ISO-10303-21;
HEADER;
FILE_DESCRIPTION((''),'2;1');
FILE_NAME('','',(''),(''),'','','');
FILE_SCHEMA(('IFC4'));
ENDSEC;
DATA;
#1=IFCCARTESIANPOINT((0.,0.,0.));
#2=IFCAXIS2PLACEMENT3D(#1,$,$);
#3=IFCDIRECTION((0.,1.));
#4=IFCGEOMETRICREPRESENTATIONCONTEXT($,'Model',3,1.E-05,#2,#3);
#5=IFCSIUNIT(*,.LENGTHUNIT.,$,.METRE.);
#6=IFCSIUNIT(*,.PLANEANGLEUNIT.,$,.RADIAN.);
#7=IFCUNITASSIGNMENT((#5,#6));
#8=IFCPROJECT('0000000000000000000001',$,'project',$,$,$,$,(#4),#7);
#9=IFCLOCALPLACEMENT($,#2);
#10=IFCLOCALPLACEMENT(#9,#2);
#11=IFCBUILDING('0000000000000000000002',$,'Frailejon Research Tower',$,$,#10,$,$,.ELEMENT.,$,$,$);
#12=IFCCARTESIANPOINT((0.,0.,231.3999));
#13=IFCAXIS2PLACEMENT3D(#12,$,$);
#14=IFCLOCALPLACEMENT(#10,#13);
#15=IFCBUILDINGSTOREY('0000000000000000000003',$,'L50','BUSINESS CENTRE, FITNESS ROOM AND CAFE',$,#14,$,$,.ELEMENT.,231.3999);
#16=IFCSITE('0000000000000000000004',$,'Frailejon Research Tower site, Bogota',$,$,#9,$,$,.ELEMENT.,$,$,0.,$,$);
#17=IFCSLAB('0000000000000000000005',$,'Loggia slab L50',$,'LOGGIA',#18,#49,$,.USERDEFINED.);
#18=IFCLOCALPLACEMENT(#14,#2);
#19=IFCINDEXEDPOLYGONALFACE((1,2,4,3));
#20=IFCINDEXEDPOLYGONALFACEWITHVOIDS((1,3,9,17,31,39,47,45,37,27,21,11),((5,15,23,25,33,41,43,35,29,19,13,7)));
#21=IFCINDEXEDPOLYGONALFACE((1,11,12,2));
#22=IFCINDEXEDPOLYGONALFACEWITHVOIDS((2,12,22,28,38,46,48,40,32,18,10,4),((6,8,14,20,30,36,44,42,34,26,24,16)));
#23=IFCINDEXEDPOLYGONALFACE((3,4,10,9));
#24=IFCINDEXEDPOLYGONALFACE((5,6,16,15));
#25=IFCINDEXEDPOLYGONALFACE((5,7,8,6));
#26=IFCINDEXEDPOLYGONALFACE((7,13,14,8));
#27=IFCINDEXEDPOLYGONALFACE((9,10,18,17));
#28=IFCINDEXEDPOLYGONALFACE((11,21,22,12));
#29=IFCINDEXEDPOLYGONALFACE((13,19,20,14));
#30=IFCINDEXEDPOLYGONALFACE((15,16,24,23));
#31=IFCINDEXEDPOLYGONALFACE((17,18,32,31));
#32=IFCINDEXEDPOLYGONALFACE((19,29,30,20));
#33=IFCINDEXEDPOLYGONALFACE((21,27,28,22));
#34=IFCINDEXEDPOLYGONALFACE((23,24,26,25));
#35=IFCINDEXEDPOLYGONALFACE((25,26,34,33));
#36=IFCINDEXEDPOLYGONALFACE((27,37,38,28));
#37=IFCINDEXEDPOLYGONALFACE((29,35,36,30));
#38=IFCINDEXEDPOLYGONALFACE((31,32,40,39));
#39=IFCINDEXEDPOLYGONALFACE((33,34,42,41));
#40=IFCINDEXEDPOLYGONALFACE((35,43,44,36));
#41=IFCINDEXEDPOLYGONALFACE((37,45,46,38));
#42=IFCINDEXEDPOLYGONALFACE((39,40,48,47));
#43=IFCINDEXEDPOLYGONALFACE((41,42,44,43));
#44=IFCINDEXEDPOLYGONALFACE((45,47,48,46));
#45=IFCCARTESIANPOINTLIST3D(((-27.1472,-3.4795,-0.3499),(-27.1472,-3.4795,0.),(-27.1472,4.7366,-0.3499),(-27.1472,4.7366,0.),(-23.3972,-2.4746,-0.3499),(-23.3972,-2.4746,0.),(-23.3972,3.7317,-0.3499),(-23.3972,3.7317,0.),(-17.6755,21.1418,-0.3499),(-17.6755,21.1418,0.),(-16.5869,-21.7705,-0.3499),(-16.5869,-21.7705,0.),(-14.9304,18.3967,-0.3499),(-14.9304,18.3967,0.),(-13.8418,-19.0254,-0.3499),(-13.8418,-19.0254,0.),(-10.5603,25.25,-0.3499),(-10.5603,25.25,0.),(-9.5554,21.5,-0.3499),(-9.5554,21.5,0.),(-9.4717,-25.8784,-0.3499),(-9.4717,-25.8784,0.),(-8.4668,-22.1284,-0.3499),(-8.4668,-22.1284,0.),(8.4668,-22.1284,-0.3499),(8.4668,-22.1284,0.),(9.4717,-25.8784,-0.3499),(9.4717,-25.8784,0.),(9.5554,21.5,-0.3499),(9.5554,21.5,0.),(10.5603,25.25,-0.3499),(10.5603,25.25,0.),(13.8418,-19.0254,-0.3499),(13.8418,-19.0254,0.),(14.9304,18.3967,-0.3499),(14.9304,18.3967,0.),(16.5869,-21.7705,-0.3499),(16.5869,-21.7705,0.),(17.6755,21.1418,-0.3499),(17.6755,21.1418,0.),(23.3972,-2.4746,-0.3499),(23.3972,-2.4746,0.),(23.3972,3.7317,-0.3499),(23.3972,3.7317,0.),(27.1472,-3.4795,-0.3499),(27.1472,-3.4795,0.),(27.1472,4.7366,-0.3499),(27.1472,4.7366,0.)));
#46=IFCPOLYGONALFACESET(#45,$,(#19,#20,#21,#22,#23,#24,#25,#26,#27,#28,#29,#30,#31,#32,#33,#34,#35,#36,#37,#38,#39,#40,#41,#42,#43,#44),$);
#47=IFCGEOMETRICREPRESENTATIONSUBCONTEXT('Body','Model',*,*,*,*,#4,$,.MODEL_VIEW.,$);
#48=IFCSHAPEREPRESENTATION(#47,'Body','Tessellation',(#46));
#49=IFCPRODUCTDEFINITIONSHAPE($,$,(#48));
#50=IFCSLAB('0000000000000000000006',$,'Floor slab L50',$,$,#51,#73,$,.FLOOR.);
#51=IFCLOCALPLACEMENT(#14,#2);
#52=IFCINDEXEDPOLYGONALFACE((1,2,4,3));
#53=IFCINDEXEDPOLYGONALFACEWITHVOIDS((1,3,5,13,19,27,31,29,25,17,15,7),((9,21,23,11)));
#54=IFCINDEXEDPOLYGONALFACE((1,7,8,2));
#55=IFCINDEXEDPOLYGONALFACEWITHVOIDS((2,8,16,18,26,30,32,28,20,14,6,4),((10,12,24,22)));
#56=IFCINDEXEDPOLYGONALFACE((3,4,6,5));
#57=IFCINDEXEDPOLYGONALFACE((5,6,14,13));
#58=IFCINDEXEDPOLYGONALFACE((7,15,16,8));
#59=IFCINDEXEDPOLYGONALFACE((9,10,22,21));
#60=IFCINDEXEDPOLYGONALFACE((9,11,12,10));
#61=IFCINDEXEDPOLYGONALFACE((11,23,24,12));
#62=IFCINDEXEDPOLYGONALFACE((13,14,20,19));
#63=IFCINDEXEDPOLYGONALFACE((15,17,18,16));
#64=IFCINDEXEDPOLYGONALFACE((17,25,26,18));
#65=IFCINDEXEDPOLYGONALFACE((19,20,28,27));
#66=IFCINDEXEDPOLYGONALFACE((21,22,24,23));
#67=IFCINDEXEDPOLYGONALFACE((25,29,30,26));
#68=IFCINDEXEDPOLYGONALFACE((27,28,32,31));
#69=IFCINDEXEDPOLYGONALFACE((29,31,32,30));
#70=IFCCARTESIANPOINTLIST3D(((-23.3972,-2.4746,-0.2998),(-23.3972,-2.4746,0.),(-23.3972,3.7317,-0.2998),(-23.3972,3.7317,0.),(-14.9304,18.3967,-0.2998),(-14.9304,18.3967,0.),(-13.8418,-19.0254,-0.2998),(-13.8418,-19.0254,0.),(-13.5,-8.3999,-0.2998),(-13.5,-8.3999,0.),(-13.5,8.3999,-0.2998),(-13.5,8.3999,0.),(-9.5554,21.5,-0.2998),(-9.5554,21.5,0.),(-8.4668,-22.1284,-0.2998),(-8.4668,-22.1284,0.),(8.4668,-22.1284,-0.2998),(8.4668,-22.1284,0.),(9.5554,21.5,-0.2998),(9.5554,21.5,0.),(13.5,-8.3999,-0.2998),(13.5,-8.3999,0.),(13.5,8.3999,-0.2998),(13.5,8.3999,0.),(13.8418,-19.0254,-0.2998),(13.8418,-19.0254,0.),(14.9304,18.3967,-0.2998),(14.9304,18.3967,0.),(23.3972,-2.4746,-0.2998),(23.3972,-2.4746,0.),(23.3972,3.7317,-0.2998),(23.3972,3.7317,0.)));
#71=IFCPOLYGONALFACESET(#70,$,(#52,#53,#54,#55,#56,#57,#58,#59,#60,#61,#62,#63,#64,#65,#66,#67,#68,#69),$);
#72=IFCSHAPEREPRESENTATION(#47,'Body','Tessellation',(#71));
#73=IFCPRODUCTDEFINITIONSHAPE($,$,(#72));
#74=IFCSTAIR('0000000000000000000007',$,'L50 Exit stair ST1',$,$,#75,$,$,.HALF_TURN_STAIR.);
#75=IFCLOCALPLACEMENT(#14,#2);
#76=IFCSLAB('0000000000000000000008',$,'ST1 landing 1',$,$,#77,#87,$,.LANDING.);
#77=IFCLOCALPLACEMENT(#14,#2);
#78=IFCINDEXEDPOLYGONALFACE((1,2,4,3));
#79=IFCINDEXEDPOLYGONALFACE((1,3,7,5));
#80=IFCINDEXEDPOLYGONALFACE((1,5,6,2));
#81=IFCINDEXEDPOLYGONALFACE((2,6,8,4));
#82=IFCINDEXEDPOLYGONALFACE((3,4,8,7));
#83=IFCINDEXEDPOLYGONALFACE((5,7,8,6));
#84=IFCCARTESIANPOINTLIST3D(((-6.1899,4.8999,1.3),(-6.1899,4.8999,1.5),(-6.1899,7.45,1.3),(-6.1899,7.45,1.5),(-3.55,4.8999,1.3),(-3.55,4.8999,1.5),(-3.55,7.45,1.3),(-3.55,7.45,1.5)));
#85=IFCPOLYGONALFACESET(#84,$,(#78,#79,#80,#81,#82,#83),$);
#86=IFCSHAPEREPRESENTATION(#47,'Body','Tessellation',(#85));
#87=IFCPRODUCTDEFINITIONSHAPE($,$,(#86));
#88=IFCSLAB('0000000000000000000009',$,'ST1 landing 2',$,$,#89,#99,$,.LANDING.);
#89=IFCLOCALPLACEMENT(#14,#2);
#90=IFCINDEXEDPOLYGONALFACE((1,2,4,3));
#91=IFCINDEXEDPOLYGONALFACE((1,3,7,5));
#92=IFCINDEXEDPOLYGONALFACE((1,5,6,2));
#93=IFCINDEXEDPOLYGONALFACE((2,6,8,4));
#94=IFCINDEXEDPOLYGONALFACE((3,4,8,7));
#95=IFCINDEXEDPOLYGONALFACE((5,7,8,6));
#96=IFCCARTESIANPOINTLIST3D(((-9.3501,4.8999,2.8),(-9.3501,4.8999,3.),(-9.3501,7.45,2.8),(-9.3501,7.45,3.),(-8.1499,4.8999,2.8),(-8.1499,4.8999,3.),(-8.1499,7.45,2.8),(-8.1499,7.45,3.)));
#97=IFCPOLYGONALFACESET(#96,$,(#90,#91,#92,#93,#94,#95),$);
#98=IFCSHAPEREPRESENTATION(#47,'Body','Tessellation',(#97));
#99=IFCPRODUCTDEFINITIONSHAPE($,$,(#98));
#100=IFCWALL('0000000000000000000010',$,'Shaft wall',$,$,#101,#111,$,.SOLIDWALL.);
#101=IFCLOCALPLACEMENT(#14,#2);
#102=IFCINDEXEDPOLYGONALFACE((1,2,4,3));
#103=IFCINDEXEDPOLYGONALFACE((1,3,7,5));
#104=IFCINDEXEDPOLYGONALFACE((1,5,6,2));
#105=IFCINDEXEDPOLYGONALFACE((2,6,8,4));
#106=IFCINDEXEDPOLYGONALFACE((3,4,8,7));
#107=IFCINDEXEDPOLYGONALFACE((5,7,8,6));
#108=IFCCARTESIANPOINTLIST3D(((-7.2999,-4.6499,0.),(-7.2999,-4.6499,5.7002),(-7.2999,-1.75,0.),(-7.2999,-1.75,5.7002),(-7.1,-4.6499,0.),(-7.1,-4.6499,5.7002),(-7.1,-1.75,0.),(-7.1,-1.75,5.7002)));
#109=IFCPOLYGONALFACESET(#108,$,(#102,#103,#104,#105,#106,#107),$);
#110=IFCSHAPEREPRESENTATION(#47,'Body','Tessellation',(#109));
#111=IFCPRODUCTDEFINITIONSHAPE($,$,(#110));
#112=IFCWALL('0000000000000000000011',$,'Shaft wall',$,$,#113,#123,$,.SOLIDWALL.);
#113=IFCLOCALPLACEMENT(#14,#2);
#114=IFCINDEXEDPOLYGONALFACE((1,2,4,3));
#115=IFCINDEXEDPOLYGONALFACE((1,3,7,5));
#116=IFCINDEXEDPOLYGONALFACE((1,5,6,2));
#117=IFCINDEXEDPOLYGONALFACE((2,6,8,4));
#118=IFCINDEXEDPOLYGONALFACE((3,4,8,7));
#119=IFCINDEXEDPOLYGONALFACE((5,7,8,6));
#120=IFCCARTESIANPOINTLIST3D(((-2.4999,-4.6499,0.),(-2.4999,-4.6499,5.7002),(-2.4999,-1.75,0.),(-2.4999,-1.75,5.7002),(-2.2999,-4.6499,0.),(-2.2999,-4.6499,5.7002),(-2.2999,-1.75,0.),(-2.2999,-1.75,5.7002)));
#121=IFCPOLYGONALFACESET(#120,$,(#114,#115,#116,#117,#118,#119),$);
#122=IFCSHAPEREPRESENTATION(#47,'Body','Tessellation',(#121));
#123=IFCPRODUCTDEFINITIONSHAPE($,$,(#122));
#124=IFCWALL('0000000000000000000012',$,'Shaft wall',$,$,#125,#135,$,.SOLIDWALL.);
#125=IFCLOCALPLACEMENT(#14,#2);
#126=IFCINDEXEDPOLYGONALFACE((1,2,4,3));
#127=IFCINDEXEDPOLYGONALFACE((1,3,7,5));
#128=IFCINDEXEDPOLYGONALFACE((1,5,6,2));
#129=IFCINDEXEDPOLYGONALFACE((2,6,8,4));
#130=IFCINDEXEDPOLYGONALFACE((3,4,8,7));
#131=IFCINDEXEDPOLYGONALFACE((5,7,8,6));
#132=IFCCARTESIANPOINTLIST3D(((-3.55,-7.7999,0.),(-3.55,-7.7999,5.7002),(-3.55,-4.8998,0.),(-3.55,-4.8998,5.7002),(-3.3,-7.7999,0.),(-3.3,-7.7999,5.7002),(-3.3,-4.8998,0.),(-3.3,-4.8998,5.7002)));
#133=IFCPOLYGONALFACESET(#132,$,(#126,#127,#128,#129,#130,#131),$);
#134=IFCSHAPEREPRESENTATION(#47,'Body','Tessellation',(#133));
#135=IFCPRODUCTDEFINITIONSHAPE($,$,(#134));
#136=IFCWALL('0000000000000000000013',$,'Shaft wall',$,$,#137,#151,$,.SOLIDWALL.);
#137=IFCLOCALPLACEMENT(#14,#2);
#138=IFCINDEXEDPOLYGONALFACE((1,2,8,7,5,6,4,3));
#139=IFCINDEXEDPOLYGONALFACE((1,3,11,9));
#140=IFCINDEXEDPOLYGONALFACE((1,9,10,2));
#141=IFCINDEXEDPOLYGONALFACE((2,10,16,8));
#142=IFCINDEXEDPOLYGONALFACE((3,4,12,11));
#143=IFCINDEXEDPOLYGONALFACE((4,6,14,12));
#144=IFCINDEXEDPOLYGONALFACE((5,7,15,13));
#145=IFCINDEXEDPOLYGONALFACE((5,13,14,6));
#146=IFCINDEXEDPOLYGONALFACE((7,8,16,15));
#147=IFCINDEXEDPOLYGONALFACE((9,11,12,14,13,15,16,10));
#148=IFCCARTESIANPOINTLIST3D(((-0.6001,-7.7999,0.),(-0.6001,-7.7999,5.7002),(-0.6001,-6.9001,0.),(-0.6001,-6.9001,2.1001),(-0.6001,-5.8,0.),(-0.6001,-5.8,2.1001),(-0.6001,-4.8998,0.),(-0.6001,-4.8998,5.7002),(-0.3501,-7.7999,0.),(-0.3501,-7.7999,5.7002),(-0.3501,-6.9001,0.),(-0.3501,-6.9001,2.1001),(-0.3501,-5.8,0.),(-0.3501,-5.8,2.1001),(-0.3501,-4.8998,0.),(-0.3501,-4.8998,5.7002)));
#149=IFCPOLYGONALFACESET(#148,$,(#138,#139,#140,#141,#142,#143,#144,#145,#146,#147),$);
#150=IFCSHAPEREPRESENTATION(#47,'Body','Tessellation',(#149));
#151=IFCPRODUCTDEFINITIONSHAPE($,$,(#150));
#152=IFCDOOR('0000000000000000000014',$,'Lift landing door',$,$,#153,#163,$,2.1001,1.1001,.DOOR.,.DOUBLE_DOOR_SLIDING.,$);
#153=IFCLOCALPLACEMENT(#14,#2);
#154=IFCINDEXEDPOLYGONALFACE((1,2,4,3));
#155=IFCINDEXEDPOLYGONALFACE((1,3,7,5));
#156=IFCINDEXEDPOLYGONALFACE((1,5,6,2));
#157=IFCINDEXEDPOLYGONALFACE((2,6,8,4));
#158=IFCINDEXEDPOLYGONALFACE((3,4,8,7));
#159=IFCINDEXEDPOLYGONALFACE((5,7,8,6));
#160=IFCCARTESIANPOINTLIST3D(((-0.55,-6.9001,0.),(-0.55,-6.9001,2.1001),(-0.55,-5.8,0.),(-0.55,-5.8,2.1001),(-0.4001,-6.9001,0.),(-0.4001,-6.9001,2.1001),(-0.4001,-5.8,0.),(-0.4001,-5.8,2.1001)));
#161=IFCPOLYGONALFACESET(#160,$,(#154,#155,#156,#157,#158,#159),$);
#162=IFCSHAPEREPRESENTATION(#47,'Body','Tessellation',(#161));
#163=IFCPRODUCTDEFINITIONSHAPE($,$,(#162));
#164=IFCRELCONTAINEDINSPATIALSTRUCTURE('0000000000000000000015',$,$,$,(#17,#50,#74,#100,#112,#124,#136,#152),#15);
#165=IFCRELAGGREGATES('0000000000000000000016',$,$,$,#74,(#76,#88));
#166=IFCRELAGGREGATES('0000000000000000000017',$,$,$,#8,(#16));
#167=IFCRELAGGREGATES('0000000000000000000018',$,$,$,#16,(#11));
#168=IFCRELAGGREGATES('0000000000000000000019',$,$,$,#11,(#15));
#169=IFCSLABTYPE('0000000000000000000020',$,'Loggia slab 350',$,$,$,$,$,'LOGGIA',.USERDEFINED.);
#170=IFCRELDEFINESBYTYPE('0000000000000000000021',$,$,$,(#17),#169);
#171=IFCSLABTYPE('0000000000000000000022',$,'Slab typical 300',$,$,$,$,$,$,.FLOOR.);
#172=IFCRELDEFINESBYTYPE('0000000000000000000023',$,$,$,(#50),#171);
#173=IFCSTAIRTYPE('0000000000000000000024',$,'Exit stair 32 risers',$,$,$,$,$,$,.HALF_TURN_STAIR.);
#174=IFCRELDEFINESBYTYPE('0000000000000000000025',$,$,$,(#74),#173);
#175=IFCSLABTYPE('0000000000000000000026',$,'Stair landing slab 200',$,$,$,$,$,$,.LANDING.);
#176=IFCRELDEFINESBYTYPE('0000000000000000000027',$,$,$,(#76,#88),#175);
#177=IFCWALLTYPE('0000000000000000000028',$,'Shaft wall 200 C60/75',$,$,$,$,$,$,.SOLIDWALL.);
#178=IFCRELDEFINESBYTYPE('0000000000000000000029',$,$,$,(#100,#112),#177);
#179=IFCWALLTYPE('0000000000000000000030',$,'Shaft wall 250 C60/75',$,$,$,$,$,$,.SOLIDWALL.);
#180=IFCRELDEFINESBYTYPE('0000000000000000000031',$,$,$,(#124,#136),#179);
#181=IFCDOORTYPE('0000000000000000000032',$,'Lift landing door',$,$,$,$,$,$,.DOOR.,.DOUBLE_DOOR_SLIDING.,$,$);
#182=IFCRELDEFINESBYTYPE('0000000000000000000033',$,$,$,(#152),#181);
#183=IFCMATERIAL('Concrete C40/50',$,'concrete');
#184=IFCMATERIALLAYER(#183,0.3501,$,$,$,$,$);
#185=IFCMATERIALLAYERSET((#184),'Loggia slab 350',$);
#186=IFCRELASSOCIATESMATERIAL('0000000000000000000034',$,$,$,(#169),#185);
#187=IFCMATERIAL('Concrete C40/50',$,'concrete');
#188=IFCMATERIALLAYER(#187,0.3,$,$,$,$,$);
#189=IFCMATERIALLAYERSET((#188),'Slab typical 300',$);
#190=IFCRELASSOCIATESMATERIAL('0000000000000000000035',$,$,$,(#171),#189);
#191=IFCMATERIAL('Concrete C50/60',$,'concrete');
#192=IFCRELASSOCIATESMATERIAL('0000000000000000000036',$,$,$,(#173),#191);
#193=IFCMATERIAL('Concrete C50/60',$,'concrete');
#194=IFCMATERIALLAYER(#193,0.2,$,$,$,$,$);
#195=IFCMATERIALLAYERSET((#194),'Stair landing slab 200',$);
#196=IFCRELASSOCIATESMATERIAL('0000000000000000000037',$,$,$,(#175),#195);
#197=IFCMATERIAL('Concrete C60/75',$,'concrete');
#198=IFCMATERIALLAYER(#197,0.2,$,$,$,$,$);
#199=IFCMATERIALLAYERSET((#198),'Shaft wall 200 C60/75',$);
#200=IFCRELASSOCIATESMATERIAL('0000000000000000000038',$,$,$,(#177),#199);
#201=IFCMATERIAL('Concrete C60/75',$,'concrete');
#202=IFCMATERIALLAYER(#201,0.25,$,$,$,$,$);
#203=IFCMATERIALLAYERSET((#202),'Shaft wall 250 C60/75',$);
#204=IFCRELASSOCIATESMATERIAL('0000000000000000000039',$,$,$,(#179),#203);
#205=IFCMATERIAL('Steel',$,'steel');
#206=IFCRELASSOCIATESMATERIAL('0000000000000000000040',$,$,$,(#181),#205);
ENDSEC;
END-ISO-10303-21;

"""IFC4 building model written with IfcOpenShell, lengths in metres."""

from ifc_helpers import new_model, si_unit, direction, frame, frame_2d, origin, place, context, subcontext, project, spatial, polyline, rectangle, outline, extrude, material, layer, layer_set, type_object, element, fill, aggregate, save


model = new_model("IFC4")

# Units and contexts
model_context = context("Model", 3, precision=1e-05, world=origin(), true_north=direction((0.0, 1.0)))
body_context = subcontext(model_context, "Body", "Model", "MODEL_VIEW")
ifc_project = project(units=[si_unit("LENGTHUNIT", "METRE"), si_unit("PLANEANGLEUNIT", "RADIAN")], contexts=[model_context])

# Site, building, storey
site_placement = place(None, origin())
site = spatial("IfcSite", under=ifc_project, at=site_placement, Name="Frailejon Research Tower site, Bogota", CompositionType="ELEMENT", RefElevation=0.0)
building_placement = place(site_placement, origin())
building = spatial("IfcBuilding", under=site, at=building_placement, Name="Frailejon Research Tower", CompositionType="ELEMENT")
storey_placement = place(building_placement, frame((0.0, 0.0, 231.3999)))
storey = spatial("IfcBuildingStorey", under=building, at=storey_placement, Name="L50", Description="BUSINESS CENTRE, FITNESS ROOM AND CAFE", CompositionType="ELEMENT", Elevation=231.3999)

# Slabs
ifc_material_1 = material(Name="Concrete C40/50", Category="concrete")
ifc_layer_1 = layer(ifc_material_1, 0.3501)
ifc_layer_set_1 = layer_set([ifc_layer_1], Name="Loggia slab 350")
slab_type_1 = type_object("IfcSlabType", Name="Loggia slab 350", ElementType="LOGGIA", PredefinedType="USERDEFINED", material=ifc_layer_set_1)
slab_1_placement = place(storey_placement, frame((0.0, 0.0, -0.3499)))
element("IfcSlab", 1, at=slab_1_placement, inside=storey, type_object=slab_type_1, Name="Loggia slab L50", ObjectType="LOGGIA", PredefinedType="USERDEFINED", context=body_context, shape_type="SweptSolid", body=[
    extrude(outline(polyline([(16.5869, -21.7705), (9.4717, -25.8784), (-9.4717, -25.8784), (-16.5869, -21.7705), (-27.1472, -3.4795), (-27.1472, 4.7366), (-17.6755, 21.1418), (-10.5603, 25.25), (10.5603, 25.25), (17.6755, 21.1418), (27.1472, 4.7366), (27.1472, -3.4795), (16.5869, -21.7705)]), holes=[polyline([(23.3972, 3.7317), (14.9304, 18.3967), (9.5554, 21.5), (-9.5554, 21.5), (-14.9304, 18.3967), (-23.3972, 3.7317), (-23.3972, -2.4746), (-13.8418, -19.0254), (-8.4668, -22.1284), (8.4668, -22.1284), (13.8418, -19.0254), (23.3972, -2.4746), (23.3972, 3.7317)])]), origin(), (0.0, 0.0, 1.0), 0.3499),
])
ifc_material_2 = material(Name="Concrete C40/50", Category="concrete")
ifc_layer_2 = layer(ifc_material_2, 0.3)
ifc_layer_set_2 = layer_set([ifc_layer_2], Name="Slab typical 300")
slab_type_2 = type_object("IfcSlabType", Name="Slab typical 300", PredefinedType="FLOOR", material=ifc_layer_set_2)
slab_2_placement = place(storey_placement, frame((0.0, 0.0, -0.2998)))
element("IfcSlab", 2, at=slab_2_placement, inside=storey, type_object=slab_type_2, Name="Floor slab L50", PredefinedType="FLOOR", context=body_context, shape_type="SweptSolid", body=[
    extrude(outline(polyline([(23.3972, -2.4746), (23.3972, 3.7317), (14.9304, 18.3967), (9.5554, 21.5), (-9.5554, 21.5), (-14.9304, 18.3967), (-23.3972, 3.7317), (-23.3972, -2.4746), (-13.8418, -19.0254), (-8.4668, -22.1284), (8.4668, -22.1284), (13.8418, -19.0254), (23.3972, -2.4746)]), holes=[polyline([(13.5, -8.3999), (-13.5, -8.3999), (-13.5, 8.3999), (13.5, 8.3999), (13.5, -8.3999)])]), origin(), (0.0, 0.0, 1.0), 0.2998),
])

# Stair, slabs
ifc_material_3 = material(Name="Concrete C50/60", Category="concrete")
stair_type = type_object("IfcStairType", Name="Exit stair 32 risers", PredefinedType="HALF_TURN_STAIR", material=ifc_material_3)
stair_1_placement = place(storey_placement, origin())
stair_1 = element("IfcStair", 3, at=stair_1_placement, inside=storey, type_object=stair_type, Name="L50 Exit stair ST1", PredefinedType="HALF_TURN_STAIR")
ifc_material_4 = material(Name="Concrete C50/60", Category="concrete")
ifc_layer_3 = layer(ifc_material_4, 0.2)
ifc_layer_set_3 = layer_set([ifc_layer_3], Name="Stair landing slab 200")
slab_type_3 = type_object("IfcSlabType", Name="Stair landing slab 200", PredefinedType="LANDING", material=ifc_layer_set_3)
slab_3_placement = place(storey_placement, frame((0.0, 0.0, 1.3)))
slab_3 = element("IfcSlab", 4, at=slab_3_placement, type_object=slab_type_3, Name="ST1 landing 1", PredefinedType="LANDING", context=body_context, shape_type="SweptSolid", body=[
    extrude(outline(polyline([(-6.1899, 4.8999), (-3.55, 4.8999), (-3.55, 7.45), (-6.1899, 7.45), (-6.1899, 4.8999)])), origin(), (0.0, 0.0, 1.0), 0.2),
])
slab_4_placement = place(storey_placement, frame((0.0, 0.0, 2.8)))
slab_4 = element("IfcSlab", 5, at=slab_4_placement, type_object=slab_type_3, Name="ST1 landing 2", PredefinedType="LANDING", context=body_context, shape_type="SweptSolid", body=[
    extrude(outline(polyline([(-9.3501, 4.8999), (-8.1499, 4.8999), (-8.1499, 7.45), (-9.3501, 7.45), (-9.3501, 4.8999)])), origin(), (0.0, 0.0, 1.0), 0.2),
])
aggregate(stair_1, [slab_3, slab_4])

# Walls
ifc_material_5 = material(Name="Concrete C60/75", Category="concrete")
ifc_layer_4 = layer(ifc_material_5, 0.2)
ifc_layer_set_4 = layer_set([ifc_layer_4], Name="Shaft wall 200 C60/75")
wall_type_1 = type_object("IfcWallType", Name="Shaft wall 200 C60/75", PredefinedType="SOLIDWALL", material=ifc_layer_set_4)
for number, where, z_axis, x_axis, name in (
    (6, (-7.2, -4.6499, 0.0), (0.0, 0.0, 1.0), (0.0, 1.0, 0.0), "Shaft wall"),
    (7, (-2.3999, -4.6499, 0.0), (0.0, 0.0, 1.0), (0.0, 1.0, 0.0), "Shaft wall"),
):
    element("IfcWall", number, at=place(storey_placement, frame(where, z_axis=z_axis, x_axis=x_axis)), inside=storey, type_object=wall_type_1, Name=name, PredefinedType="SOLIDWALL", context=body_context, shape_type="SweptSolid", body=[
        extrude(rectangle(XDim=2.8999, YDim=0.2, at=frame_2d((1.45, 0.0))), origin(), (0.0, 0.0, 1.0), 5.7002),
    ])
ifc_material_6 = material(Name="Concrete C60/75", Category="concrete")
ifc_layer_5 = layer(ifc_material_6, 0.25)
ifc_layer_set_5 = layer_set([ifc_layer_5], Name="Shaft wall 250 C60/75")
wall_type_2 = type_object("IfcWallType", Name="Shaft wall 250 C60/75", PredefinedType="SOLIDWALL", material=ifc_layer_set_5)
wall_1_placement = place(storey_placement, frame((-3.425, -7.8, 0.0), z_axis=(0.0, 0.0, 1.0), x_axis=(0.0, 1.0, 0.0)))
element("IfcWall", 8, at=wall_1_placement, inside=storey, type_object=wall_type_2, Name="Shaft wall", PredefinedType="SOLIDWALL", context=body_context, shape_type="SweptSolid", body=[
    extrude(rectangle(XDim=2.9001, YDim=0.25, at=frame_2d((1.4502, 0.0))), origin(), (0.0, 0.0, 1.0), 5.7002),
])

# Wall, opening, door
wall_2_placement = place(storey_placement, frame((-0.4751, -7.8, 0.0), z_axis=(0.0, 0.0, 1.0), x_axis=(0.0, 1.0, 0.0)))
wall_2 = element("IfcWall", 9, at=wall_2_placement, inside=storey, type_object=wall_type_2, Name="Shaft wall", PredefinedType="SOLIDWALL", context=body_context, shape_type="SweptSolid", body=[
    extrude(rectangle(XDim=2.9001, YDim=0.25, at=frame_2d((1.4502, 0.0))), origin(), (0.0, 0.0, 1.0), 5.7002),
])
opening_placement = place(wall_2_placement, frame((0.8999, 0.0, 0.0)))
opening = element("IfcOpeningElement", 10, at=opening_placement, cuts=wall_2, PredefinedType="OPENING", context=body_context, shape_type="SweptSolid", body=[
    extrude(rectangle(XDim=1.1001, YDim=2.1001, at=frame_2d((0.55, 1.05))), frame((0.0, 0.135, 0.0), z_axis=(0.0, -1.0, 0.0), x_axis=(1.0, 0.0, 0.0)), (0.0, 0.0, 1.0), 0.27),
])
ifc_material_7 = material(Name="Steel", Category="steel")
door_type = type_object("IfcDoorType", Name="Lift landing door", OperationType="DOUBLE_DOOR_SLIDING", PredefinedType="DOOR", material=ifc_material_7)
door_placement = place(opening_placement, origin())
door = element("IfcDoor", 11, at=door_placement, inside=storey, type_object=door_type, Name="Lift landing door", OperationType="DOUBLE_DOOR_SLIDING", OverallHeight=2.1001, OverallWidth=1.1001, PredefinedType="DOOR", context=body_context, shape_type="SweptSolid", body=[
    extrude(rectangle(XDim=1.1001, YDim=2.1001, at=frame_2d((0.55, 1.05))), frame((0.0, 0.075, 0.0), z_axis=(0.0, -1.0, 0.0), x_axis=(1.0, 0.0, 0.0)), (0.0, 0.0, 1.0), 0.1499),
])
fill(opening, door)

save(model, "model.ifc")
